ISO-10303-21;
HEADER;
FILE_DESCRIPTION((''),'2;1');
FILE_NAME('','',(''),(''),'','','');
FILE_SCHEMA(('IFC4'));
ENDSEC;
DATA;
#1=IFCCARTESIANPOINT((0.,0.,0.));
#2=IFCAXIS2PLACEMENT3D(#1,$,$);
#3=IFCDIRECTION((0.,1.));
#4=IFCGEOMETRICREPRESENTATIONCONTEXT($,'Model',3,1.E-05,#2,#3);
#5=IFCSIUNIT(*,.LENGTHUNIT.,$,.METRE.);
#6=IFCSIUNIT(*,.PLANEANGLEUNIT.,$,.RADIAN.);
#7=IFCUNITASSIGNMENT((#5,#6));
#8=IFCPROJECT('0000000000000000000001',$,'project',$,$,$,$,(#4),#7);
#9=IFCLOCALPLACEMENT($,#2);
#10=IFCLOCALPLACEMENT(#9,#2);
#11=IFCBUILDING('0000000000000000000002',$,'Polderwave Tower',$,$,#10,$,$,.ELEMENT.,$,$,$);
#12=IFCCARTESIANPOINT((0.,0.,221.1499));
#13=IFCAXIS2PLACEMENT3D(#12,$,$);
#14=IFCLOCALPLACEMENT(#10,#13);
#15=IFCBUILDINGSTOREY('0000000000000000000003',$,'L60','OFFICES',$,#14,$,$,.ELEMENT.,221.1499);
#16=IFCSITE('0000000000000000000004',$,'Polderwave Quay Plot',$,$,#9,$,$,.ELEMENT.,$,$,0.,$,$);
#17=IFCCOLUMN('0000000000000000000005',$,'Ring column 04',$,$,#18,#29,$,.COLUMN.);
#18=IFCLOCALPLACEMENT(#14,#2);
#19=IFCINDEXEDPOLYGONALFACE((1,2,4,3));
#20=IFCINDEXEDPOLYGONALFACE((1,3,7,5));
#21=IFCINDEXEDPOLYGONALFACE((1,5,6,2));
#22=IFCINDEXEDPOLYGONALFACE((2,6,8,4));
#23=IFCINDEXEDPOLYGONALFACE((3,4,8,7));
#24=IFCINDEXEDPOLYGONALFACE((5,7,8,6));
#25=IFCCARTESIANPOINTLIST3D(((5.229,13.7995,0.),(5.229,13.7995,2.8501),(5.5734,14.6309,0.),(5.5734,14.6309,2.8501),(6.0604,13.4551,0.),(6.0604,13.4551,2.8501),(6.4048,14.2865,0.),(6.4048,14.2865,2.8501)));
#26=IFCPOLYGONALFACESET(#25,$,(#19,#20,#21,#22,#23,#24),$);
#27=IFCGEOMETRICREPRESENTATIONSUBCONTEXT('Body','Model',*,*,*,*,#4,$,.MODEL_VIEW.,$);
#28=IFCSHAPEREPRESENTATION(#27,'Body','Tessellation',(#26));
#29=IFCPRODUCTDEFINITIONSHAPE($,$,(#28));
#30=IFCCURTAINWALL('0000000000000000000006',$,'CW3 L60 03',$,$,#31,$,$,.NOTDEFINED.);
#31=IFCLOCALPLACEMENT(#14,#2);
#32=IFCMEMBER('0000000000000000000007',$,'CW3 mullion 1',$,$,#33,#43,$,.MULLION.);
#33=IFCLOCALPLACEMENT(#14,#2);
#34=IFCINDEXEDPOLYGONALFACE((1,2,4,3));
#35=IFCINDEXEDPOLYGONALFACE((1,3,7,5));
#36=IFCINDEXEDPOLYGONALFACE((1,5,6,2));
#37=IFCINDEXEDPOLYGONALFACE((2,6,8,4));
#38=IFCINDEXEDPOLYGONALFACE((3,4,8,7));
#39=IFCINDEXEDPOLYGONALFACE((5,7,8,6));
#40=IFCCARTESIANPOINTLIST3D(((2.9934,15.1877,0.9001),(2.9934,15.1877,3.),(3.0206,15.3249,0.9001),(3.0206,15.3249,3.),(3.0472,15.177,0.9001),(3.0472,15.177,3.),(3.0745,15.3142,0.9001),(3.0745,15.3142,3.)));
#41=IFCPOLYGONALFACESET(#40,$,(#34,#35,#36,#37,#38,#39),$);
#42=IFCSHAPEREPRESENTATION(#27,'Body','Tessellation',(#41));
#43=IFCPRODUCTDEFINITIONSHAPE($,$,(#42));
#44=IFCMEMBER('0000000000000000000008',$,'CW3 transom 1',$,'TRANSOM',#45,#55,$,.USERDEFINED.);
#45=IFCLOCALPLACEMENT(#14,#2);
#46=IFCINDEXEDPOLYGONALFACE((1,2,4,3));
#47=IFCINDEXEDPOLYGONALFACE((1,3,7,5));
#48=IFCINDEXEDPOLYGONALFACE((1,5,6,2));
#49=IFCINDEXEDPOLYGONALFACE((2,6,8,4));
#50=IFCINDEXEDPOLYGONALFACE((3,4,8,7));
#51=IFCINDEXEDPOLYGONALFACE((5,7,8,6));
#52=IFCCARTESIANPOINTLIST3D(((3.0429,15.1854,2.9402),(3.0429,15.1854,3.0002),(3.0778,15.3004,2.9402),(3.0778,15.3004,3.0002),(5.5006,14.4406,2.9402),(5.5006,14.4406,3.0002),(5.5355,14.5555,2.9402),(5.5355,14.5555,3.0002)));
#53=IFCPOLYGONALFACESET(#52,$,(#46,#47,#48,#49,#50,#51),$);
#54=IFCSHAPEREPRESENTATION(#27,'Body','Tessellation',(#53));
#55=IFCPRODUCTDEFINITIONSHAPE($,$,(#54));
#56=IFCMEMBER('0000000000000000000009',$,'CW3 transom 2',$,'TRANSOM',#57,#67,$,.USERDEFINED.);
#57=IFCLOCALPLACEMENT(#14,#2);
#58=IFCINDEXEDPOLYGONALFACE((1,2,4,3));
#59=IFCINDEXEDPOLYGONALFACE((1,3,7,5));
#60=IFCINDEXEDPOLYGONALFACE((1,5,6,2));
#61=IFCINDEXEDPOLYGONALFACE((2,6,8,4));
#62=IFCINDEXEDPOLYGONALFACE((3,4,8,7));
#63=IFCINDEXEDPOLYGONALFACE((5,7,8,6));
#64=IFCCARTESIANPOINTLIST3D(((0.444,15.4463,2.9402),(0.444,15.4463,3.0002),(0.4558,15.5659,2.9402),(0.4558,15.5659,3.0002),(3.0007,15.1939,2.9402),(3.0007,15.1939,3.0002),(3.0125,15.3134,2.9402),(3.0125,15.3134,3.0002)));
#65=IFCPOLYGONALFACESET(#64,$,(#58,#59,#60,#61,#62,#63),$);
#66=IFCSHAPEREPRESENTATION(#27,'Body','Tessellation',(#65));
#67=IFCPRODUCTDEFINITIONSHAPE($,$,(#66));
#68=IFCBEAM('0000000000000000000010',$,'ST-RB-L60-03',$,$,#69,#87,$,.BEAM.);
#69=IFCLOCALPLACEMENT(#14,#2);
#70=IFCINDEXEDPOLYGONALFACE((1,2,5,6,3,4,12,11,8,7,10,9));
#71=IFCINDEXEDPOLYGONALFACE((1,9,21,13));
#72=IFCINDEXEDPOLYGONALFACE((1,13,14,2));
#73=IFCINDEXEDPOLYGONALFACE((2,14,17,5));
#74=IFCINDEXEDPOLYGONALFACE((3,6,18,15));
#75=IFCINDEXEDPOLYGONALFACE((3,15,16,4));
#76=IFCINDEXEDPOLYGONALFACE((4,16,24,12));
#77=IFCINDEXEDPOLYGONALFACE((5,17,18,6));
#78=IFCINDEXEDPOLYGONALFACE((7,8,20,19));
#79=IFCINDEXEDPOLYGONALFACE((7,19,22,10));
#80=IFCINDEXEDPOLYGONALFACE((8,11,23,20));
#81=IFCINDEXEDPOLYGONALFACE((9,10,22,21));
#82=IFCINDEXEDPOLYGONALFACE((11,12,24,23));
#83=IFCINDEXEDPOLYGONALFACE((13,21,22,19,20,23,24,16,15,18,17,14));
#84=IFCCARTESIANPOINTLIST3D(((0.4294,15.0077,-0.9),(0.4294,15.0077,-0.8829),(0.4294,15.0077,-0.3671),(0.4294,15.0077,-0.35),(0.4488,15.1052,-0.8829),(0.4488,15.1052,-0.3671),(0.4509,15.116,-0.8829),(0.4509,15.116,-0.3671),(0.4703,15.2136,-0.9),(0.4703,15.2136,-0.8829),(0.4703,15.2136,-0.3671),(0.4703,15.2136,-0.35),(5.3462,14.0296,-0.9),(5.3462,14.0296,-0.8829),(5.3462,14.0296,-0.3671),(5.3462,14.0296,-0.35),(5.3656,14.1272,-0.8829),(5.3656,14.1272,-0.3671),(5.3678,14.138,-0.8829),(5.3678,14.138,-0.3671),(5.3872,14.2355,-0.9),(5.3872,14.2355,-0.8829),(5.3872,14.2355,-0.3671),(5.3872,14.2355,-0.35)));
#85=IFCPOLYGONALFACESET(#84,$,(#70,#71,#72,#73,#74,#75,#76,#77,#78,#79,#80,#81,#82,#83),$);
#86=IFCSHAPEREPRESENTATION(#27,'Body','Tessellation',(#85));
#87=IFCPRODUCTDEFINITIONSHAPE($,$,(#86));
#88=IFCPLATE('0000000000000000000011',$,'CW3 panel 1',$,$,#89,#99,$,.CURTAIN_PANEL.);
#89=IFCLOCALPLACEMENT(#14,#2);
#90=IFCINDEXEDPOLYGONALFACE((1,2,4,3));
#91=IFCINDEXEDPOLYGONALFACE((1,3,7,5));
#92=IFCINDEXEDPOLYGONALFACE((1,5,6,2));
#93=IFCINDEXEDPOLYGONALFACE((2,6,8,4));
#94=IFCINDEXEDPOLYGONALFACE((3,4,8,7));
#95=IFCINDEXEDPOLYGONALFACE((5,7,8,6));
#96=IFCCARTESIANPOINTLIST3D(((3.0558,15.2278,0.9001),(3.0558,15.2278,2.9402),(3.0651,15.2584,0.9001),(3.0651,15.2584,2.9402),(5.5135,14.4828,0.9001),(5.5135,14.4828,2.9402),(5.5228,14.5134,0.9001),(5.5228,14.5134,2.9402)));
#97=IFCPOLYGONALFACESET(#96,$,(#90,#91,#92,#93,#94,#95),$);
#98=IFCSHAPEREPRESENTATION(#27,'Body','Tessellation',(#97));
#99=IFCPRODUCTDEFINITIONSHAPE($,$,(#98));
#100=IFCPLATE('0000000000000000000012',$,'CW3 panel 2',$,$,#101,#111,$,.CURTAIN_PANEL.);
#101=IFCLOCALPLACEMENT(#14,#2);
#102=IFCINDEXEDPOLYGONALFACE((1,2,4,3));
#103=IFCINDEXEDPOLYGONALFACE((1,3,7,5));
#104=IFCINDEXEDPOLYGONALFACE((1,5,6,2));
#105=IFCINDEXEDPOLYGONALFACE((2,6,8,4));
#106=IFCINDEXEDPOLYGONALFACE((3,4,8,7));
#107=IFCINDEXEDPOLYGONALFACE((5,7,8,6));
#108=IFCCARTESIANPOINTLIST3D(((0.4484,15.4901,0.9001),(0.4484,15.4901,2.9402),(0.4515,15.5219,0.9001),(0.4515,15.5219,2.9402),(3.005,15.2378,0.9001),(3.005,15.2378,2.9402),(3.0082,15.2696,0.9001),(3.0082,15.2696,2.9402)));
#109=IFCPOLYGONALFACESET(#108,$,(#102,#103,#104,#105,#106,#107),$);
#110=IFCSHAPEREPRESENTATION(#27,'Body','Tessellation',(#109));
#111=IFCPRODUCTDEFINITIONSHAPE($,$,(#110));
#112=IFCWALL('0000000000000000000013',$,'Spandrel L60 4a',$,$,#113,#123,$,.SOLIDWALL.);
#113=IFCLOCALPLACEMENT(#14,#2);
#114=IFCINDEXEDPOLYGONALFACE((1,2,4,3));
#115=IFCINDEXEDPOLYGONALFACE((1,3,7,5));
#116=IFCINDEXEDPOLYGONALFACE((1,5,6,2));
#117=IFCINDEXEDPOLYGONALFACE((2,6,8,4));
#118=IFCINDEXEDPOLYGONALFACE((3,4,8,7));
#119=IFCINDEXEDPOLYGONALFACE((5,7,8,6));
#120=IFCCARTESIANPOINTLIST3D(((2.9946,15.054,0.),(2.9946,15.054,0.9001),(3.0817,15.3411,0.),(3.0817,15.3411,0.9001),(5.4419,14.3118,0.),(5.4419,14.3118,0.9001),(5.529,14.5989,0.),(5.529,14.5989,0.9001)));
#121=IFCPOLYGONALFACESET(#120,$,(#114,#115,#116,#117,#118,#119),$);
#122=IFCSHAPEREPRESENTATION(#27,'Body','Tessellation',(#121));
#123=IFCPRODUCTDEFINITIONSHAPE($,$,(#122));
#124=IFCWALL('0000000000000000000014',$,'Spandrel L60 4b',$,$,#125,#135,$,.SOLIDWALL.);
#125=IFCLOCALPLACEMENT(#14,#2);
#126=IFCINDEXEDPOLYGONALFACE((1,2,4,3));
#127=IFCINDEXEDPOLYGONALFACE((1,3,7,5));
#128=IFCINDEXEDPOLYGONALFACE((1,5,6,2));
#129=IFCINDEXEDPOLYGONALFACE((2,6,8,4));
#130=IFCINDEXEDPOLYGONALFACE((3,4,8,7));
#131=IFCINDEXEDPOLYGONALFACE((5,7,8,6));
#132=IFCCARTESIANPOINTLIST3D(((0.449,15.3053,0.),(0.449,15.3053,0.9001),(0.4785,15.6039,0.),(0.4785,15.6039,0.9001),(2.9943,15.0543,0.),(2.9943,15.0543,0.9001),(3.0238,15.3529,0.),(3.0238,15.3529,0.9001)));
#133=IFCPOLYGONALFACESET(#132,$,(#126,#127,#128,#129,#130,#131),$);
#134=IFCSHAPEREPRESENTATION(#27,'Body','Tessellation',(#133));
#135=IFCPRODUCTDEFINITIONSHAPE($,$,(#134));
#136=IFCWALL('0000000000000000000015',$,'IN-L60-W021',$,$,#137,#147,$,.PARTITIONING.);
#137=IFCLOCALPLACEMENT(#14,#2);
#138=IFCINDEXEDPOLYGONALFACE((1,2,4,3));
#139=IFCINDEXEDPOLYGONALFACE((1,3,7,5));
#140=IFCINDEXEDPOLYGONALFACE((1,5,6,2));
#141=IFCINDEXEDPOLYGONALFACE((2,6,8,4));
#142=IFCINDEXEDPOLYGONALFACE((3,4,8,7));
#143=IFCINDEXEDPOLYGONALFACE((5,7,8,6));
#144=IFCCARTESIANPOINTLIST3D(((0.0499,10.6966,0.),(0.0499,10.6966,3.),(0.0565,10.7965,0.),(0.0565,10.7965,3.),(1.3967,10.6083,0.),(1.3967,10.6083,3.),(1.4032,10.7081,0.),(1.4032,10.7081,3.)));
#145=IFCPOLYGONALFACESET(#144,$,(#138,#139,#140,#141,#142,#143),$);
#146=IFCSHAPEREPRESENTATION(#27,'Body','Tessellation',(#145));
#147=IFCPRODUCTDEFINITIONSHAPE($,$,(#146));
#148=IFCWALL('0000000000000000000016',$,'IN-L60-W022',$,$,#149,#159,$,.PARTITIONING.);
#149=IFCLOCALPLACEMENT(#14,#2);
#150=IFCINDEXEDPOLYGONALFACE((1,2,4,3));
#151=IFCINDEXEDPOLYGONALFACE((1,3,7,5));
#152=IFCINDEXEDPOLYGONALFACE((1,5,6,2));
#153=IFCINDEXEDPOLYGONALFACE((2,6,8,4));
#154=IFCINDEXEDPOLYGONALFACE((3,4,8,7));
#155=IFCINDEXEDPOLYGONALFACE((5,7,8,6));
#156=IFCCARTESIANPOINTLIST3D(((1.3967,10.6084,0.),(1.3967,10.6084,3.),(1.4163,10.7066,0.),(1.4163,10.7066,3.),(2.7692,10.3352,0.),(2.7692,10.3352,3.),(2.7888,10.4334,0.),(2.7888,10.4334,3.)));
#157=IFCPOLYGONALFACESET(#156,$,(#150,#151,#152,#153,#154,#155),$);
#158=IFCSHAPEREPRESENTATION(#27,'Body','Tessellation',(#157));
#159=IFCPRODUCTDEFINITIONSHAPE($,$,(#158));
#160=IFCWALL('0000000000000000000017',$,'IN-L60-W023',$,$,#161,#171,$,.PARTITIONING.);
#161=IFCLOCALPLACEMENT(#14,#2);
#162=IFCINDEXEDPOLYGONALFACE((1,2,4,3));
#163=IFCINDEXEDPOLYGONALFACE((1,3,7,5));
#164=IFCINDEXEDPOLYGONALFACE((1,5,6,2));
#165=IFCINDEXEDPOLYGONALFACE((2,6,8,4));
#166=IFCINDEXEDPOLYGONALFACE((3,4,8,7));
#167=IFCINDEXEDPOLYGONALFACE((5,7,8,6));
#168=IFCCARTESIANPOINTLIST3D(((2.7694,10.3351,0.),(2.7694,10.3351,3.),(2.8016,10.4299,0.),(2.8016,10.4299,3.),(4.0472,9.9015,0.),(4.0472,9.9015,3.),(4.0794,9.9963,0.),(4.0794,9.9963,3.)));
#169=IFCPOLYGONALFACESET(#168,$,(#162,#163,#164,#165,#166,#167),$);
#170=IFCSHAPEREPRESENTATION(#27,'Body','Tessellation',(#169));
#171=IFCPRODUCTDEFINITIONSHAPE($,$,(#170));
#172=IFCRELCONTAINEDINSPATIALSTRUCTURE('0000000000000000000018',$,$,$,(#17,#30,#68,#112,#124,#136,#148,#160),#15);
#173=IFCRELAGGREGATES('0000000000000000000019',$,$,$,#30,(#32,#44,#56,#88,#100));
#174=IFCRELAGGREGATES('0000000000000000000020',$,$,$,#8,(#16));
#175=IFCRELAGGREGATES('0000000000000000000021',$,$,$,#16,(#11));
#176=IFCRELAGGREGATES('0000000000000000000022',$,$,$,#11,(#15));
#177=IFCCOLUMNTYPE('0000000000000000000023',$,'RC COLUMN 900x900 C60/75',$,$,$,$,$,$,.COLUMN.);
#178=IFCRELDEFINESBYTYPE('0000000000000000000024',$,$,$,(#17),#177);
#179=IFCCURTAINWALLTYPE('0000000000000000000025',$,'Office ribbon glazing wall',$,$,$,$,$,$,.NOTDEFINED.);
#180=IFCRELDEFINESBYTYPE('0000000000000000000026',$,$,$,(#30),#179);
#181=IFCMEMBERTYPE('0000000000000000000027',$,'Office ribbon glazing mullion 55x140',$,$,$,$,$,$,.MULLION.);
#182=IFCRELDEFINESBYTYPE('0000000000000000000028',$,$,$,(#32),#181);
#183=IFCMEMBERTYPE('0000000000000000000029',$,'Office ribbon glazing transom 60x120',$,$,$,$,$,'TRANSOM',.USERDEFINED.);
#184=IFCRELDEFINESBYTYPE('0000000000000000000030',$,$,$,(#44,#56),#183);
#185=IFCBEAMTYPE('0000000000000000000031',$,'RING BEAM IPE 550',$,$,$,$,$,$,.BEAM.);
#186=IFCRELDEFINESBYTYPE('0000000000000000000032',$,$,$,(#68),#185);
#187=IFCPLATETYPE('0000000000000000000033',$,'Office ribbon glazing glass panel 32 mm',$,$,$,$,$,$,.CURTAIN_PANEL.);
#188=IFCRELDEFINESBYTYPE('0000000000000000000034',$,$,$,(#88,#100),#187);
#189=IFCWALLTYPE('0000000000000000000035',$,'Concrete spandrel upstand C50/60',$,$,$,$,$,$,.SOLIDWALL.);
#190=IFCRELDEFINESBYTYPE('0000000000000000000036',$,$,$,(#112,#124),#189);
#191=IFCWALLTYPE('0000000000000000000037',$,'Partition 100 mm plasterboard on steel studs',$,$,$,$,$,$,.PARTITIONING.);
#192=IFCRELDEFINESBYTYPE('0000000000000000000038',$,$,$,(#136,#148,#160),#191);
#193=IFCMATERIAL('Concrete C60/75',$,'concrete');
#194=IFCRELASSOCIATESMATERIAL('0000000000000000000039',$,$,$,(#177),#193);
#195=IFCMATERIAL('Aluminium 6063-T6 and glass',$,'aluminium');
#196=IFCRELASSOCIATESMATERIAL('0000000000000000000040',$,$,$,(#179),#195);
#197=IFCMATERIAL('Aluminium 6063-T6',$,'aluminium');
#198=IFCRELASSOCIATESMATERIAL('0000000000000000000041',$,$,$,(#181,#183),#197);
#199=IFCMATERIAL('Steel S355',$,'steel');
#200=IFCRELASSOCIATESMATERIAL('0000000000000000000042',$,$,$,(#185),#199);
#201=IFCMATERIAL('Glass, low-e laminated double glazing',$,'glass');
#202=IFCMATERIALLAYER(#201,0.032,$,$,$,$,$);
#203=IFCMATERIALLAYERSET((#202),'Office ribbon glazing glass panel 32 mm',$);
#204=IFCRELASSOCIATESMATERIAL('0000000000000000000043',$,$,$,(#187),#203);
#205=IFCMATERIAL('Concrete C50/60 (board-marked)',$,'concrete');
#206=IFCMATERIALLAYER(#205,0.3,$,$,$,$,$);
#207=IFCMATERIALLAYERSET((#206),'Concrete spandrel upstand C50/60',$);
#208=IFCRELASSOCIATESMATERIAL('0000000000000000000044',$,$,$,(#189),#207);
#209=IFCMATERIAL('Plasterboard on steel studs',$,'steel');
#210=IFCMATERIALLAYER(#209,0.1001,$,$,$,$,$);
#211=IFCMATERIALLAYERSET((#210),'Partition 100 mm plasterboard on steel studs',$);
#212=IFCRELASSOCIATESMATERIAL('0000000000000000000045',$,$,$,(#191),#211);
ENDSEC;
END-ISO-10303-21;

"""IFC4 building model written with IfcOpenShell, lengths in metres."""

from ifc_helpers import new_model, si_unit, direction, frame, frame_2d, origin, origin_2d, place, context, subcontext, project, spatial, rectangle, i_section, extrude, material, layer, layer_set, material_profile, profile_set, type_object, element, aggregate, save


model = new_model("IFC4")

# Units and contexts
model_context = context("Model", 3, precision=1e-05, world=origin(), true_north=direction((0.0, 1.0)))
body_context = subcontext(model_context, "Body", "Model", "MODEL_VIEW")
ifc_project = project(units=[si_unit("LENGTHUNIT", "METRE"), si_unit("PLANEANGLEUNIT", "RADIAN")], contexts=[model_context])

# Site, building, storey
site_placement = place(None, origin())
site = spatial("IfcSite", under=ifc_project, at=site_placement, Name="Polderwave Quay Plot", CompositionType="ELEMENT", RefElevation=0.0)
building_placement = place(site_placement, origin())
building = spatial("IfcBuilding", under=site, at=building_placement, Name="Polderwave Tower", CompositionType="ELEMENT")
storey_placement = place(building_placement, frame((0.0, 0.0, 221.1499)))
storey = spatial("IfcBuildingStorey", under=building, at=storey_placement, Name="L60", Description="OFFICES", CompositionType="ELEMENT", Elevation=221.1499)

# Column
ifc_material_1 = material(Name="Concrete C60/75", Category="concrete")
ifc_material_profile_1 = material_profile(ifc_material_1, rectangle(XDim=0.8999, YDim=0.8999, at=origin_2d()), Name="RC 900x900")
ifc_profile_set_1 = profile_set([ifc_material_profile_1], Name="Concrete C60/75")
column_type = type_object("IfcColumnType", Name="RC COLUMN 900x900 C60/75", PredefinedType="COLUMN", material=ifc_profile_set_1)
column_placement = place(storey_placement, frame((5.8169, 14.043, 0.0), z_axis=(0.0, 0.0, 1.0), x_axis=(0.382683, 0.92388, 0.0)))
element("IfcColumn", 1, at=column_placement, inside=storey, type_object=column_type, Name="Ring column 04", PredefinedType="COLUMN", context=body_context, shape_type="SweptSolid", body=[
    extrude(rectangle(XDim=0.8999, YDim=0.8999, at=origin_2d()), origin(), (0.0, 0.0, 1.0), 2.8501),
])

# Curtain wall, members
ifc_material_2 = material(Name="Aluminium 6063-T6 and glass", Category="aluminium")
curtain_wall_type = type_object("IfcCurtainWallType", Name="Office ribbon glazing wall", PredefinedType="NOTDEFINED", material=ifc_material_2)
curtain_wall_placement = place(storey_placement, origin())
curtain_wall = element("IfcCurtainWall", 2, at=curtain_wall_placement, inside=storey, type_object=curtain_wall_type, Name="CW3 L60 03", PredefinedType="NOTDEFINED")
ifc_material_3 = material(Name="Aluminium 6063-T6", Category="aluminium")
ifc_material_profile_2 = material_profile(ifc_material_3, rectangle(XDim=0.1399, YDim=0.0549, at=origin_2d()), Name="AL 55x140")
ifc_profile_set_2 = profile_set([ifc_material_profile_2], Name="Aluminium 6063-T6")
member_type_1 = type_object("IfcMemberType", Name="Office ribbon glazing mullion 55x140", PredefinedType="MULLION", material=ifc_profile_set_2)
member_1_placement = place(storey_placement, frame((3.0339, 15.251, 0.9001), z_axis=(0.0, 0.0, 1.0), x_axis=(-0.195092, -0.980785, 0.0)))
member_1 = element("IfcMember", 3, at=member_1_placement, type_object=member_type_1, Name="CW3 mullion 1", PredefinedType="MULLION", context=body_context, shape_type="SweptSolid", body=[
    extrude(rectangle(XDim=0.1399, YDim=0.0549, at=origin_2d()), origin(), (0.0, 0.0, 1.0), 2.0999),
])
ifc_material_profile_3 = material_profile(ifc_material_3, rectangle(XDim=0.1201, YDim=0.0601, at=origin_2d()), Name="AL 60x120")
ifc_profile_set_3 = profile_set([ifc_material_profile_3], Name="Aluminium 6063-T6")
member_type_2 = type_object("IfcMemberType", Name="Office ribbon glazing transom 60x120", ElementType="TRANSOM", PredefinedType="USERDEFINED", material=ifc_profile_set_3)
member_2_placement = place(storey_placement, frame((5.5181, 14.498, 2.9702), z_axis=(-0.957014, 0.290042, 0.0), x_axis=(-0.290042, -0.957014, 0.0)))
member_2 = element("IfcMember", 4, at=member_2_placement, type_object=member_type_2, Name="CW3 transom 1", ObjectType="TRANSOM", PredefinedType="USERDEFINED", context=body_context, shape_type="SweptSolid", body=[
    extrude(rectangle(XDim=0.1201, YDim=0.0601, at=origin_2d()), origin(), (0.0, 0.0, 1.0), 2.5681),
])
member_3_placement = place(storey_placement, frame((3.0066, 15.2537, 2.9702), z_axis=(-0.995161, 0.098262, 0.0), x_axis=(-0.098262, -0.995161, 0.0)))
member_3 = element("IfcMember", 5, at=member_3_placement, type_object=member_type_2, Name="CW3 transom 2", ObjectType="TRANSOM", PredefinedType="USERDEFINED", context=body_context, shape_type="SweptSolid", body=[
    extrude(rectangle(XDim=0.1201, YDim=0.0601, at=origin_2d()), origin(), (0.0, 0.0, 1.0), 2.5691),
])

# Beam
ifc_material_4 = material(Name="Steel S355", Category="steel")
ifc_material_profile_4 = material_profile(ifc_material_4, i_section(OverallWidth=0.21, OverallDepth=0.55, WebThickness=0.011, FlangeThickness=0.0171, at=origin_2d()), Name="IPE 550")
ifc_profile_set_4 = profile_set([ifc_material_profile_4], Name="Steel S355")
beam_type = type_object("IfcBeamType", Name="RING BEAM IPE 550", PredefinedType="BEAM", material=ifc_profile_set_4)
beam_placement = place(storey_placement, frame((5.3667, 14.1326, -0.625), z_axis=(-0.980784, 0.195095, 0.0), x_axis=(-0.195095, -0.980784, 0.0)))
element("IfcBeam", 6, at=beam_placement, inside=storey, type_object=beam_type, Name="ST-RB-L60-03", PredefinedType="BEAM", context=body_context, shape_type="SweptSolid", body=[
    extrude(i_section(OverallWidth=0.21, OverallDepth=0.55, WebThickness=0.011, FlangeThickness=0.0171, at=origin_2d()), origin(), (0.0, 0.0, 1.0), 5.0132),
])

# Plates
ifc_material_5 = material(Name="Glass, low-e laminated double glazing", Category="glass")
ifc_layer_1 = layer(ifc_material_5, 0.032)
ifc_layer_set_1 = layer_set([ifc_layer_1], Name="Office ribbon glazing glass panel 32 mm")
plate_type = type_object("IfcPlateType", Name="Office ribbon glazing glass panel 32 mm", PredefinedType="CURTAIN_PANEL", material=ifc_layer_set_1)
plate_1_placement = place(storey_placement, frame((4.2893, 14.8706, 0.9001), z_axis=(0.0, 0.0, 1.0), x_axis=(-0.956995, 0.290104, 0.0)))
plate_1 = element("IfcPlate", 7, at=plate_1_placement, type_object=plate_type, Name="CW3 panel 1", PredefinedType="CURTAIN_PANEL", context=body_context, shape_type="SweptSolid", body=[
    extrude(rectangle(XDim=2.5681, YDim=0.032, at=origin_2d()), origin(), (0.0, 0.0, 1.0), 2.04),
])
plate_2_placement = place(storey_placement, frame((1.7283, 15.3799, 0.9001), z_axis=(0.0, 0.0, 1.0), x_axis=(-0.995166, 0.098206, 0.0)))
plate_2 = element("IfcPlate", 8, at=plate_2_placement, type_object=plate_type, Name="CW3 panel 2", PredefinedType="CURTAIN_PANEL", context=body_context, shape_type="SweptSolid", body=[
    extrude(rectangle(XDim=2.5691, YDim=0.032, at=origin_2d()), origin(), (0.0, 0.0, 1.0), 2.04),
])
aggregate(curtain_wall, [member_1, member_2, member_3, plate_1, plate_2])

# Walls
ifc_material_6 = material(Name="Concrete C50/60 (board-marked)", Category="concrete")
ifc_layer_2 = layer(ifc_material_6, 0.3)
ifc_layer_set_2 = layer_set([ifc_layer_2], Name="Concrete spandrel upstand C50/60")
wall_type_1 = type_object("IfcWallType", Name="Concrete spandrel upstand C50/60", PredefinedType="SOLIDWALL", material=ifc_layer_set_2)
wall_1_placement = place(storey_placement, frame((5.4856, 14.4553, 0.0), z_axis=(0.0, 0.0, 1.0), x_axis=(-0.95696, 0.290219, 0.0)))
element("IfcWall", 9, at=wall_1_placement, inside=storey, type_object=wall_type_1, Name="Spandrel L60 4a", PredefinedType="SOLIDWALL", context=body_context, shape_type="SweptSolid", body=[
    extrude(rectangle(XDim=2.5574, YDim=0.3, at=frame_2d((1.2788, 0.0))), origin(), (0.0, 0.0, 1.0), 0.9001),
])
wall_2_placement = place(storey_placement, frame((3.009, 15.2036, 0.0), z_axis=(0.0, 0.0, 1.0), x_axis=(-0.995173, 0.098133, 0.0)))
element("IfcWall", 10, at=wall_2_placement, inside=storey, type_object=wall_type_1, Name="Spandrel L60 4b", PredefinedType="SOLIDWALL", context=body_context, shape_type="SweptSolid", body=[
    extrude(rectangle(XDim=2.5576, YDim=0.3, at=frame_2d((1.2788, 0.0))), origin(), (0.0, 0.0, 1.0), 0.9001),
])
ifc_material_7 = material(Name="Plasterboard on steel studs", Category="steel")
ifc_layer_3 = layer(ifc_material_7, 0.1001)
ifc_layer_set_3 = layer_set([ifc_layer_3], Name="Partition 100 mm plasterboard on steel studs")
wall_type_2 = type_object("IfcWallType", Name="Partition 100 mm plasterboard on steel studs", PredefinedType="PARTITIONING", material=ifc_layer_set_3)
wall_3_placement = place(storey_placement, frame((0.0532, 10.7466, 0.0), z_axis=(0.0, 0.0, 1.0), x_axis=(0.997853, -0.065486, 0.0)))
element("IfcWall", 11, at=wall_3_placement, inside=storey, type_object=wall_type_2, Name="IN-L60-W021", PredefinedType="PARTITIONING", context=body_context, shape_type="SweptSolid", body=[
    extrude(rectangle(XDim=1.3496, YDim=0.1001, at=frame_2d((0.6748, 0.0))), origin(), (0.0, 0.0, 1.0), 3.0),
])
wall_4_placement = place(storey_placement, frame((1.4065, 10.6575, 0.0), z_axis=(0.0, 0.0, 1.0), x_axis=(0.980761, -0.19521, 0.0)))
element("IfcWall", 12, at=wall_4_placement, inside=storey, type_object=wall_type_2, Name="IN-L60-W022", PredefinedType="PARTITIONING", context=body_context, shape_type="SweptSolid", body=[
    extrude(rectangle(XDim=1.3994, YDim=0.1001, at=frame_2d((0.6997, 0.0))), origin(), (0.0, 0.0, 1.0), 3.0),
])
wall_5_placement = place(storey_placement, frame((2.7854, 10.3826, 0.0), z_axis=(0.0, 0.0, 1.0), x_axis=(0.946969, -0.321325, 0.0)))
element("IfcWall", 13, at=wall_5_placement, inside=storey, type_object=wall_type_2, Name="IN-L60-W023", PredefinedType="PARTITIONING", context=body_context, shape_type="SweptSolid", body=[
    extrude(rectangle(XDim=1.3494, YDim=0.1001, at=frame_2d((0.6748, 0.0))), origin(), (0.0, 0.0, 1.0), 3.0),
])

save(model, "model.ifc")
